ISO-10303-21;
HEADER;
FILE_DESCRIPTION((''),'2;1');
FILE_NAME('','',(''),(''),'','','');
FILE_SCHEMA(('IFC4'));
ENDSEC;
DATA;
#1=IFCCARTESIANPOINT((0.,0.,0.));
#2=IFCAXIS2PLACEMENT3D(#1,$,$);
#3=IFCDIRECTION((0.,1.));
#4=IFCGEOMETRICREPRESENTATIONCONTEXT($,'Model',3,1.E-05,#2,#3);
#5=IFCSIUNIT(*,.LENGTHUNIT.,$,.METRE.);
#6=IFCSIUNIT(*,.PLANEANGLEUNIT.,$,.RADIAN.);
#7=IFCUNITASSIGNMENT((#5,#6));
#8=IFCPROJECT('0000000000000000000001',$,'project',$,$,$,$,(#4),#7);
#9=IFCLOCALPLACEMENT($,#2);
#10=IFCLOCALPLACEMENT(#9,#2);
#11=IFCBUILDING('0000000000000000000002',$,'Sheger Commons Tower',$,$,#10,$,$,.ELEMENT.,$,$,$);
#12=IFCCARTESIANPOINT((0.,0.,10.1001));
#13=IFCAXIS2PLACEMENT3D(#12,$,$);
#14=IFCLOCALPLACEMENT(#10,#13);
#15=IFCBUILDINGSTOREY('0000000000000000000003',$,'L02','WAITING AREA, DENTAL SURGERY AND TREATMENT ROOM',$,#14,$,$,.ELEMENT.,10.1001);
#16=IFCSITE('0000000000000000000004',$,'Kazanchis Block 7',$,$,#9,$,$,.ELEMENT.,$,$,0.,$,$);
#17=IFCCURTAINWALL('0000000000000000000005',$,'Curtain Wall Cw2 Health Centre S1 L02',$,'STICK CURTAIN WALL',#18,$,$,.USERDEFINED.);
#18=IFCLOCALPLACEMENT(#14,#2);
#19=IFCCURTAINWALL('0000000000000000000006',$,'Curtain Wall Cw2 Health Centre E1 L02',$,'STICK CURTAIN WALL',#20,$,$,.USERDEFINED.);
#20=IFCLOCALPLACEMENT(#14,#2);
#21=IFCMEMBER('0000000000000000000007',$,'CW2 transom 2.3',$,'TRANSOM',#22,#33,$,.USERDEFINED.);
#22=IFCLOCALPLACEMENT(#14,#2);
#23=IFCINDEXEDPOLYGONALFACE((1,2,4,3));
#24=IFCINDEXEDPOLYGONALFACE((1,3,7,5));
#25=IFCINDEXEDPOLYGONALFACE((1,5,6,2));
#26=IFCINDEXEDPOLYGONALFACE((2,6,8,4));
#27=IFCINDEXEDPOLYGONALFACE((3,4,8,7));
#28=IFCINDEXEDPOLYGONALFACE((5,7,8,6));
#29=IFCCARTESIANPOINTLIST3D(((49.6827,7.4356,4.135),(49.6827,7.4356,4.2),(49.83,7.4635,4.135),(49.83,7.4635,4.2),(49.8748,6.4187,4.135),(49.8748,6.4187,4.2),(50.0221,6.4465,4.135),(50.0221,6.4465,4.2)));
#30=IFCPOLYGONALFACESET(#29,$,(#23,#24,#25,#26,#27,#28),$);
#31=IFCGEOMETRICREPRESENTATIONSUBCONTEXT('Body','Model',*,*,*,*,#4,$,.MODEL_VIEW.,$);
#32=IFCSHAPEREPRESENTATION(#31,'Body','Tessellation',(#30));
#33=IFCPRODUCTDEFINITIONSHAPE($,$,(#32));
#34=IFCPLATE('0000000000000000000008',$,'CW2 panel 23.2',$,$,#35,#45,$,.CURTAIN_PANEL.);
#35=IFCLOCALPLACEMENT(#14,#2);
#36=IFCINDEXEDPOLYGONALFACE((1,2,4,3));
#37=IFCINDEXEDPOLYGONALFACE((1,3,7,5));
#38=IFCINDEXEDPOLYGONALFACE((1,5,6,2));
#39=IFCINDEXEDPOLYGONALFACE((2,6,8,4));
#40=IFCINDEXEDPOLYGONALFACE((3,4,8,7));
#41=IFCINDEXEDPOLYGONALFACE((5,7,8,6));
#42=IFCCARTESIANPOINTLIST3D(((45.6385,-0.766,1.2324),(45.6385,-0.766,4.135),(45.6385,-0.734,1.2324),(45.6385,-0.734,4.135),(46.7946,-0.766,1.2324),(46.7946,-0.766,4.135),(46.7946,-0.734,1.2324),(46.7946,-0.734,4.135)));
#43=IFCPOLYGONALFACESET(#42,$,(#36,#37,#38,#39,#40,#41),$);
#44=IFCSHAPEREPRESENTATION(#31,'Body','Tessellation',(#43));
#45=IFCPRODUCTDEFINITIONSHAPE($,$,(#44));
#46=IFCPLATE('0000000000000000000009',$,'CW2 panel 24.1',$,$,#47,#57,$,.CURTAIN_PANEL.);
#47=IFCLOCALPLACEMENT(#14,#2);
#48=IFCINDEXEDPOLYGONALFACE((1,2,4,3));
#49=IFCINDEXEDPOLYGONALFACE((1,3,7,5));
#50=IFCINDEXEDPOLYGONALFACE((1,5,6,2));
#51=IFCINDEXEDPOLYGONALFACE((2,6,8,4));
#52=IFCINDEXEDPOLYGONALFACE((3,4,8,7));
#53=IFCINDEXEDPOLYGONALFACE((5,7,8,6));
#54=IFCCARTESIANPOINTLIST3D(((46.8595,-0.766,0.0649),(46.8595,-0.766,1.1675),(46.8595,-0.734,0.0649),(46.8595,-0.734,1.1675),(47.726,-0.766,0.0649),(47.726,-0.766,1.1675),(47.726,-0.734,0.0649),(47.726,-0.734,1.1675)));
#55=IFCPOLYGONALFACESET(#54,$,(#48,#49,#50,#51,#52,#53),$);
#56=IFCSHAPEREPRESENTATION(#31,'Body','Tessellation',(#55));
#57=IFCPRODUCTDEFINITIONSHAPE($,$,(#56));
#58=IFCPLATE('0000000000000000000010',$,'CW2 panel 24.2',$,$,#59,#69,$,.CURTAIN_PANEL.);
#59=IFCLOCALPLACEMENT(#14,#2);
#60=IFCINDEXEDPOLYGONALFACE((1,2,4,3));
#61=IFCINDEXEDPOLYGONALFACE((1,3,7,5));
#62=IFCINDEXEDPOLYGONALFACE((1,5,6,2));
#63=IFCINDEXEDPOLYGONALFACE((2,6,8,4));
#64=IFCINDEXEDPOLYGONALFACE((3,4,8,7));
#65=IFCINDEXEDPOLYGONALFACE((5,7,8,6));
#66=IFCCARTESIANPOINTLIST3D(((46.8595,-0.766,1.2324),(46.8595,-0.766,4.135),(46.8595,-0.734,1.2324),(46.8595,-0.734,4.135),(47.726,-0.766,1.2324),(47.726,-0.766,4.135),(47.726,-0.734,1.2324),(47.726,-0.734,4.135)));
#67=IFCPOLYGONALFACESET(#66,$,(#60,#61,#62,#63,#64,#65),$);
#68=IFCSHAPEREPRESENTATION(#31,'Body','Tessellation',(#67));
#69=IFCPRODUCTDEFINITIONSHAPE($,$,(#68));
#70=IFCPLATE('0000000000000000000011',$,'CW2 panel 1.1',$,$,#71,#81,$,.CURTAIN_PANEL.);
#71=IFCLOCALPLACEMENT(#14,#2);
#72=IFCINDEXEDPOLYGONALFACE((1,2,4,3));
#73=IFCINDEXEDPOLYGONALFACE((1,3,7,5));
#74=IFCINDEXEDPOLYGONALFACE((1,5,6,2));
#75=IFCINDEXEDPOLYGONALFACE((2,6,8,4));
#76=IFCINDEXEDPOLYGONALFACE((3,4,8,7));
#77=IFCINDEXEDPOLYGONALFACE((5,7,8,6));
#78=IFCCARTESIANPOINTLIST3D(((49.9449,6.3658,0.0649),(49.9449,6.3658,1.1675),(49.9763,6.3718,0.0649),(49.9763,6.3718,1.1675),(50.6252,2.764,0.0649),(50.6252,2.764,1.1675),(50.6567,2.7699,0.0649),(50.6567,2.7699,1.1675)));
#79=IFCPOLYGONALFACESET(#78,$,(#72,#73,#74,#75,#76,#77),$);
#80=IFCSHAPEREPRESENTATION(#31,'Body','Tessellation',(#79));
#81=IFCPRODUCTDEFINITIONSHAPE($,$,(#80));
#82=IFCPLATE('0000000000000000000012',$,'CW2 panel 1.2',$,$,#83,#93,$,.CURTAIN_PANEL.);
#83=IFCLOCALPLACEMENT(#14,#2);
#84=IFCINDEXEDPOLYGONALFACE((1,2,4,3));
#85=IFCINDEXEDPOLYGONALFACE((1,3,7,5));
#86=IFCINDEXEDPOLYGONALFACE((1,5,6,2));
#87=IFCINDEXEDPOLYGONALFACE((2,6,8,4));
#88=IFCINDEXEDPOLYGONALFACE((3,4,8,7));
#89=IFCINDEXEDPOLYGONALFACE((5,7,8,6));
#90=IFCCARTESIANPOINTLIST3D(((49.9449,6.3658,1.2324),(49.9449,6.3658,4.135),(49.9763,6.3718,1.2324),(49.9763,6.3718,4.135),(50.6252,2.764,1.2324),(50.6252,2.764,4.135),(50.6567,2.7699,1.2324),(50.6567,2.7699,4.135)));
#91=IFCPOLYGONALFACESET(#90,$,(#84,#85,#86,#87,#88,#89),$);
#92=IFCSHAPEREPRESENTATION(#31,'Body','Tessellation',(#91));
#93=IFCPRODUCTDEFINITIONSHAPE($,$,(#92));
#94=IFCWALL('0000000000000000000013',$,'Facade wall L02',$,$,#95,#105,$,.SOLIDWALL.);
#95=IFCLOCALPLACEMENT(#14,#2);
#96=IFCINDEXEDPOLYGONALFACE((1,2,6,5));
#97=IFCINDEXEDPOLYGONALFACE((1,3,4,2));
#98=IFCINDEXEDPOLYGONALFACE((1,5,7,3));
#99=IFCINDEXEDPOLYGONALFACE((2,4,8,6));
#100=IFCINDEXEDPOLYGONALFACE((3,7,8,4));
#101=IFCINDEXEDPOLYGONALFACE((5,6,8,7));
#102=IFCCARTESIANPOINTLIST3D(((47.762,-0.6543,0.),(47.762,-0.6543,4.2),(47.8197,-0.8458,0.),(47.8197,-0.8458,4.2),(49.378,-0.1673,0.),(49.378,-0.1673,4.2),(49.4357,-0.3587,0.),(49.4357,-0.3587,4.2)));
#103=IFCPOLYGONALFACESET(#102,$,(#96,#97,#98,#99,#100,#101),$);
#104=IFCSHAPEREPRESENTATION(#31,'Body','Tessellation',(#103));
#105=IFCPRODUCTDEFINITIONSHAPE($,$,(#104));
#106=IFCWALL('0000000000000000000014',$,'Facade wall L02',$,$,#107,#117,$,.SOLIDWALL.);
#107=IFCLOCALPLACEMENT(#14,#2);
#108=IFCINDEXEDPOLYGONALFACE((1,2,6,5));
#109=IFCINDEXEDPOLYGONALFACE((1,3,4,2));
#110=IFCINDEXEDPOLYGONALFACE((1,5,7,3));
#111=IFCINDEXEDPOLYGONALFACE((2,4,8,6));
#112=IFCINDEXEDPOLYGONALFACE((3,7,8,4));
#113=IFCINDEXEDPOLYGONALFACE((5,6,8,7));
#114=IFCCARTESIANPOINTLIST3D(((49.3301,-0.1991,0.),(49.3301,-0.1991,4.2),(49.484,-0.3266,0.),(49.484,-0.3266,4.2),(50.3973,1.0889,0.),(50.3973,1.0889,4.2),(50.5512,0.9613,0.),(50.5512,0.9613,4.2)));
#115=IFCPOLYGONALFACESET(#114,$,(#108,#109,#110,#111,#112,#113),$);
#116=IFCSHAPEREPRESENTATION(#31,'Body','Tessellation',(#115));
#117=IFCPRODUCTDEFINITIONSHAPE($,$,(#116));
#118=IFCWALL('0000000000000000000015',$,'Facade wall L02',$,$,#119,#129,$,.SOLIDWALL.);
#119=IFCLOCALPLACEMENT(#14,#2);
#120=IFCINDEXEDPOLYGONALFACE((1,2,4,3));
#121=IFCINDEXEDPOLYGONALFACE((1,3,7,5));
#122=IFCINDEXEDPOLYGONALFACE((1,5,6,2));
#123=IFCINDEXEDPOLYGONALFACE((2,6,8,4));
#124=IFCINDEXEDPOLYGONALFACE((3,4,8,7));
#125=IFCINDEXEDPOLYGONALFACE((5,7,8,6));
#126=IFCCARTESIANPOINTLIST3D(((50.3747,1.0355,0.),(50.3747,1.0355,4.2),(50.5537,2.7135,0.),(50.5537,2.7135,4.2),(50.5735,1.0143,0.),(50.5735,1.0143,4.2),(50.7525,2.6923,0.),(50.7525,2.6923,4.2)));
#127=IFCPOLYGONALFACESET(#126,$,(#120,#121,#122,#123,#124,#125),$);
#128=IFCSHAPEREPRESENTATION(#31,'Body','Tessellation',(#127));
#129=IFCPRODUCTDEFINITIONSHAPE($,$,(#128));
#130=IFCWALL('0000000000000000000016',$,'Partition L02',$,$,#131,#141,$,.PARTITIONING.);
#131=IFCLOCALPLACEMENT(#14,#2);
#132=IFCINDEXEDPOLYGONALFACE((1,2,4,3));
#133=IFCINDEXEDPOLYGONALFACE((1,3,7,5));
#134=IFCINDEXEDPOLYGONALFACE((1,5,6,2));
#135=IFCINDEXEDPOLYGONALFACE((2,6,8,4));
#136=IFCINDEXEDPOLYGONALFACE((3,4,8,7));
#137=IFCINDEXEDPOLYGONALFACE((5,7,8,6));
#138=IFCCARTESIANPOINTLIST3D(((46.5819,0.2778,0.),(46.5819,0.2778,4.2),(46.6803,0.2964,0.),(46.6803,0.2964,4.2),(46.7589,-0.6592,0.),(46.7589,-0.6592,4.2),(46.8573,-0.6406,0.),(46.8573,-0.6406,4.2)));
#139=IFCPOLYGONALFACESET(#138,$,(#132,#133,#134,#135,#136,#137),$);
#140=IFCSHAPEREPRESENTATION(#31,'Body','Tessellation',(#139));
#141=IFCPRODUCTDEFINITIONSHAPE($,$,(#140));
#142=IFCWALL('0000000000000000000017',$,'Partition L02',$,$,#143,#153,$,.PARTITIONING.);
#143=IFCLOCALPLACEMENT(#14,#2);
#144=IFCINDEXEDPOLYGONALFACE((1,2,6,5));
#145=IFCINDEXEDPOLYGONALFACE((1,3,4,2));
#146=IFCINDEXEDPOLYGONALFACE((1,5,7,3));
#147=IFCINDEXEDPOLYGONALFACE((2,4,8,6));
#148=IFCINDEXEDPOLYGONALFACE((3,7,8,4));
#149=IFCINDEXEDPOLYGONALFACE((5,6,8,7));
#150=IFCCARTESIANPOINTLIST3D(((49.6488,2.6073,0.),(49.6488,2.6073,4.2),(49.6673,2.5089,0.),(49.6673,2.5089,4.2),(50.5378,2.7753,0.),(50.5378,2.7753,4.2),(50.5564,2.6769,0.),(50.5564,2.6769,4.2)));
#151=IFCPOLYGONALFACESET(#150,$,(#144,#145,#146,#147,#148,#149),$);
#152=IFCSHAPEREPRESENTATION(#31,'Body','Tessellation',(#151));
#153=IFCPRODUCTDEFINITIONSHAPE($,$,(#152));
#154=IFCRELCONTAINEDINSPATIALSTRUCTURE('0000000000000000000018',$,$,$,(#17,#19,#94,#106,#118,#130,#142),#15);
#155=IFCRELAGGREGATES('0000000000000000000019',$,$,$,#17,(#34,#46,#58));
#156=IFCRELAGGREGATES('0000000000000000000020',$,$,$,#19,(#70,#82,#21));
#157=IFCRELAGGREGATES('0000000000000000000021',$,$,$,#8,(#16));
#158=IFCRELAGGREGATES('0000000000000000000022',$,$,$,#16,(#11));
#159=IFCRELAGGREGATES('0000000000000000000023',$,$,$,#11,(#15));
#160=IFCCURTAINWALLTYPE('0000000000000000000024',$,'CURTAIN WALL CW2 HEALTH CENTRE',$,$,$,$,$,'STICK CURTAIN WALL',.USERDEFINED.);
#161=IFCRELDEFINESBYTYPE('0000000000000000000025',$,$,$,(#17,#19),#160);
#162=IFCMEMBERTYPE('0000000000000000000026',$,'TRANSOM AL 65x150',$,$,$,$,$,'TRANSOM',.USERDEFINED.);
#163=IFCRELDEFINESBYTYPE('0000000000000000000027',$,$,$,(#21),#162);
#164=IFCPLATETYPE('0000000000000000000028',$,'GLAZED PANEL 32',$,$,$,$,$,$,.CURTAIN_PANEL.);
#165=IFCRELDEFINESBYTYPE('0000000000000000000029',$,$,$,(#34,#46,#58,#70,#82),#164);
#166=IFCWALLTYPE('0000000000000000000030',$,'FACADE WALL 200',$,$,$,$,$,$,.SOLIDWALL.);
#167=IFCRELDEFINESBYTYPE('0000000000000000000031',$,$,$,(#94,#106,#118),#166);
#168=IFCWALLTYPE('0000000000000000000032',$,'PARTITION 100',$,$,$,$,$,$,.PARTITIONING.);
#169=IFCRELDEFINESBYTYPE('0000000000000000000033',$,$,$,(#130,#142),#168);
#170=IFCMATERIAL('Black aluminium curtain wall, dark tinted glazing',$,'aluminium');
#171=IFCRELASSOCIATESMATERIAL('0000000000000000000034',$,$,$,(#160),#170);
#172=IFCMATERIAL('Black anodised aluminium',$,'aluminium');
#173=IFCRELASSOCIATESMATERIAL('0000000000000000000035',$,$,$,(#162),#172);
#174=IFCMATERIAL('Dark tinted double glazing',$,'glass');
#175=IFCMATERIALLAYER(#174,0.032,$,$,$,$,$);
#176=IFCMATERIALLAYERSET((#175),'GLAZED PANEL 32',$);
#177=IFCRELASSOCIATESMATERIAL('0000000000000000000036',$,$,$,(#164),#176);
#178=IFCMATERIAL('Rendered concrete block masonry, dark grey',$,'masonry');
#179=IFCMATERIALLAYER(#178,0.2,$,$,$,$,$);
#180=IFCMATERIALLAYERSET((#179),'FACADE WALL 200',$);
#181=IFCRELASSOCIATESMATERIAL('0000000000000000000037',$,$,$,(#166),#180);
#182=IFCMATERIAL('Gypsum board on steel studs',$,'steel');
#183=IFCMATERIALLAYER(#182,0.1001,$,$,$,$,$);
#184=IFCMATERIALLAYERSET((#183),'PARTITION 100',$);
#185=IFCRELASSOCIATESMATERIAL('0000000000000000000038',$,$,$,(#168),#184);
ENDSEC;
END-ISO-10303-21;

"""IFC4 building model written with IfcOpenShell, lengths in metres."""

from ifc_helpers import new_model, si_unit, direction, frame, frame_2d, origin, origin_2d, place, context, subcontext, project, spatial, rectangle, extrude, material, layer, layer_set, material_profile, profile_set, type_object, element, aggregate, save


model = new_model("IFC4")

# Units and contexts
model_context = context("Model", 3, precision=1e-05, world=origin(), true_north=direction((0.0, 1.0)))
body_context = subcontext(model_context, "Body", "Model", "MODEL_VIEW")
ifc_project = project(units=[si_unit("LENGTHUNIT", "METRE"), si_unit("PLANEANGLEUNIT", "RADIAN")], contexts=[model_context])

# Site, building, storey
site_placement = place(None, origin())
site = spatial("IfcSite", under=ifc_project, at=site_placement, Name="Kazanchis Block 7", CompositionType="ELEMENT", RefElevation=0.0)
building_placement = place(site_placement, origin())
building = spatial("IfcBuilding", under=site, at=building_placement, Name="Sheger Commons Tower", CompositionType="ELEMENT")
storey_placement = place(building_placement, frame((0.0, 0.0, 10.1001)))
storey = spatial("IfcBuildingStorey", under=building, at=storey_placement, Name="L02", Description="WAITING AREA, DENTAL SURGERY AND TREATMENT ROOM", CompositionType="ELEMENT", Elevation=10.1001)

# Curtain walls
ifc_material_1 = material(Name="Black aluminium curtain wall, dark tinted glazing", Category="aluminium")
curtain_wall_type = type_object("IfcCurtainWallType", Name="CURTAIN WALL CW2 HEALTH CENTRE", ElementType="STICK CURTAIN WALL", PredefinedType="USERDEFINED", material=ifc_material_1)
curtain_wall_1_placement = place(storey_placement, origin())
curtain_wall_1 = element("IfcCurtainWall", 1, at=curtain_wall_1_placement, inside=storey, type_object=curtain_wall_type, Name="Curtain Wall Cw2 Health Centre S1 L02", ObjectType="STICK CURTAIN WALL", PredefinedType="USERDEFINED")
curtain_wall_2_placement = place(storey_placement, origin())
curtain_wall_2 = element("IfcCurtainWall", 2, at=curtain_wall_2_placement, inside=storey, type_object=curtain_wall_type, Name="Curtain Wall Cw2 Health Centre E1 L02", ObjectType="STICK CURTAIN WALL", PredefinedType="USERDEFINED")

# Member
ifc_material_2 = material(Name="Black anodised aluminium", Category="aluminium")
ifc_material_profile_1 = material_profile(ifc_material_2, rectangle(XDim=0.1499, YDim=0.0649, at=origin_2d()), Name="AL 65x150")
ifc_profile_set_1 = profile_set([ifc_material_profile_1], Name="Black anodised aluminium")
member_type_1 = type_object("IfcMemberType", Name="TRANSOM AL 65x150", ElementType="TRANSOM", PredefinedType="USERDEFINED", material=ifc_profile_set_1)
member_1_placement = place(storey_placement, frame((49.9485, 6.4326, 4.1675), z_axis=(-0.18567, 0.982612, 0.0), x_axis=(-0.982612, -0.18567, 0.0)))
member_1 = element("IfcMember", 3, at=member_1_placement, type_object=member_type_1, Name="CW2 transom 2.3", ObjectType="TRANSOM", PredefinedType="USERDEFINED", context=body_context, shape_type="SweptSolid", body=[
    extrude(rectangle(XDim=0.1499, YDim=0.0649, at=origin_2d()), origin(), (0.0, 0.0, 1.0), 1.0349),
])

# Plates
ifc_material_3 = material(Name="Dark tinted double glazing", Category="glass")
ifc_layer_1 = layer(ifc_material_3, 0.032)
ifc_layer_set_1 = layer_set([ifc_layer_1], Name="GLAZED PANEL 32")
plate_type = type_object("IfcPlateType", Name="GLAZED PANEL 32", PredefinedType="CURTAIN_PANEL", material=ifc_layer_set_1)
plate_1_placement = place(storey_placement, frame((46.2166, -0.75, 1.2324), z_axis=(0.0, 0.0, 1.0), x_axis=(1.0, 0.0, 0.0)))
plate_1 = element("IfcPlate", 4, at=plate_1_placement, type_object=plate_type, Name="CW2 panel 23.2", PredefinedType="CURTAIN_PANEL", context=body_context, shape_type="SweptSolid", body=[
    extrude(rectangle(XDim=1.156, YDim=0.032, at=origin_2d()), origin(), (0.0, 0.0, 1.0), 2.9026),
])
plate_2_placement = place(storey_placement, frame((47.2927, -0.75, 0.0649), z_axis=(0.0, 0.0, 1.0), x_axis=(1.0, 0.0, 0.0)))
plate_2 = element("IfcPlate", 5, at=plate_2_placement, type_object=plate_type, Name="CW2 panel 24.1", PredefinedType="CURTAIN_PANEL", context=body_context, shape_type="SweptSolid", body=[
    extrude(rectangle(XDim=0.8665, YDim=0.032, at=origin_2d()), origin(), (0.0, 0.0, 1.0), 1.1025),
])
plate_3_placement = place(storey_placement, frame((47.2927, -0.75, 1.2324), z_axis=(0.0, 0.0, 1.0), x_axis=(1.0, 0.0, 0.0)))
plate_3 = element("IfcPlate", 6, at=plate_3_placement, type_object=plate_type, Name="CW2 panel 24.2", PredefinedType="CURTAIN_PANEL", context=body_context, shape_type="SweptSolid", body=[
    extrude(rectangle(XDim=0.8665, YDim=0.032, at=origin_2d()), origin(), (0.0, 0.0, 1.0), 2.9026),
])
aggregate(curtain_wall_1, [plate_1, plate_2, plate_3])
plate_4_placement = place(storey_placement, frame((50.3008, 4.5679, 0.0649), z_axis=(0.0, 0.0, 1.0), x_axis=(-0.18561, 0.982624, 0.0)))
plate_4 = element("IfcPlate", 7, at=plate_4_placement, type_object=plate_type, Name="CW2 panel 1.1", PredefinedType="CURTAIN_PANEL", context=body_context, shape_type="SweptSolid", body=[
    extrude(rectangle(XDim=3.6655, YDim=0.032, at=origin_2d()), origin(), (0.0, 0.0, 1.0), 1.1025),
])
plate_5_placement = place(storey_placement, frame((50.3008, 4.5679, 1.2324), z_axis=(0.0, 0.0, 1.0), x_axis=(-0.18561, 0.982624, 0.0)))
plate_5 = element("IfcPlate", 8, at=plate_5_placement, type_object=plate_type, Name="CW2 panel 1.2", PredefinedType="CURTAIN_PANEL", context=body_context, shape_type="SweptSolid", body=[
    extrude(rectangle(XDim=3.6655, YDim=0.032, at=origin_2d()), origin(), (0.0, 0.0, 1.0), 2.9026),
])
aggregate(curtain_wall_2, [plate_4, plate_5, member_1])

# Walls
ifc_material_4 = material(Name="Rendered concrete block masonry, dark grey", Category="masonry")
ifc_layer_2 = layer(ifc_material_4, 0.2)
ifc_layer_set_2 = layer_set([ifc_layer_2], Name="FACADE WALL 200")
wall_type_1 = type_object("IfcWallType", Name="FACADE WALL 200", PredefinedType="SOLIDWALL", material=ifc_layer_set_2)
wall_1_placement = place(storey_placement, frame((47.791, -0.75, 0.0), z_axis=(0.0, 0.0, 1.0), x_axis=(0.957455, 0.288582, 0.0)))
element("IfcWall", 9, at=wall_1_placement, inside=storey, type_object=wall_type_1, Name="Facade wall L02", PredefinedType="SOLIDWALL", context=body_context, shape_type="SweptSolid", body=[
    extrude(rectangle(XDim=1.6877, YDim=0.2, at=frame_2d((0.8438, 0.0))), origin(), (0.0, 0.0, 1.0), 4.2),
])
wall_2_placement = place(storey_placement, frame((49.407, -0.2629, 0.0), z_axis=(0.0, 0.0, 1.0), x_axis=(0.638043, 0.770001, 0.0)))
element("IfcWall", 10, at=wall_2_placement, inside=storey, type_object=wall_type_1, Name="Facade wall L02", PredefinedType="SOLIDWALL", context=body_context, shape_type="SweptSolid", body=[
    extrude(rectangle(XDim=1.6726, YDim=0.2, at=frame_2d((0.8364, 0.0))), origin(), (0.0, 0.0, 1.0), 4.2),
])
wall_3_placement = place(storey_placement, frame((50.4741, 1.0249, 0.0), z_axis=(0.0, 0.0, 1.0), x_axis=(0.106048, 0.994361, 0.0)))
element("IfcWall", 11, at=wall_3_placement, inside=storey, type_object=wall_type_1, Name="Facade wall L02", PredefinedType="SOLIDWALL", context=body_context, shape_type="SweptSolid", body=[
    extrude(rectangle(XDim=1.6875, YDim=0.2, at=frame_2d((0.8438, 0.0))), origin(), (0.0, 0.0, 1.0), 4.2),
])
ifc_material_5 = material(Name="Gypsum board on steel studs", Category="steel")
ifc_layer_3 = layer(ifc_material_5, 0.1001)
ifc_layer_set_3 = layer_set([ifc_layer_3], Name="PARTITION 100")
wall_type_2 = type_object("IfcWallType", Name="PARTITION 100", PredefinedType="PARTITIONING", material=ifc_layer_set_3)
wall_4_placement = place(storey_placement, frame((46.6311, 0.2871, 0.0), z_axis=(0.0, 0.0, 1.0), x_axis=(0.185618, -0.982622, 0.0)))
element("IfcWall", 12, at=wall_4_placement, inside=storey, type_object=wall_type_2, Name="Partition L02", PredefinedType="PARTITIONING", context=body_context, shape_type="SweptSolid", body=[
    extrude(rectangle(XDim=0.9536, YDim=0.1001, at=frame_2d((0.4768, 0.0))), origin(), (0.0, 0.0, 1.0), 4.2),
])
wall_5_placement = place(storey_placement, frame((50.5471, 2.7261, 0.0), z_axis=(0.0, 0.0, 1.0), x_axis=(-0.982621, -0.185624, 0.0)))
element("IfcWall", 13, at=wall_5_placement, inside=storey, type_object=wall_type_2, Name="Partition L02", PredefinedType="PARTITIONING", context=body_context, shape_type="SweptSolid", body=[
    extrude(rectangle(XDim=0.9048, YDim=0.1001, at=frame_2d((0.4524, 0.0))), origin(), (0.0, 0.0, 1.0), 4.2),
])

save(model, "model.ifc")
